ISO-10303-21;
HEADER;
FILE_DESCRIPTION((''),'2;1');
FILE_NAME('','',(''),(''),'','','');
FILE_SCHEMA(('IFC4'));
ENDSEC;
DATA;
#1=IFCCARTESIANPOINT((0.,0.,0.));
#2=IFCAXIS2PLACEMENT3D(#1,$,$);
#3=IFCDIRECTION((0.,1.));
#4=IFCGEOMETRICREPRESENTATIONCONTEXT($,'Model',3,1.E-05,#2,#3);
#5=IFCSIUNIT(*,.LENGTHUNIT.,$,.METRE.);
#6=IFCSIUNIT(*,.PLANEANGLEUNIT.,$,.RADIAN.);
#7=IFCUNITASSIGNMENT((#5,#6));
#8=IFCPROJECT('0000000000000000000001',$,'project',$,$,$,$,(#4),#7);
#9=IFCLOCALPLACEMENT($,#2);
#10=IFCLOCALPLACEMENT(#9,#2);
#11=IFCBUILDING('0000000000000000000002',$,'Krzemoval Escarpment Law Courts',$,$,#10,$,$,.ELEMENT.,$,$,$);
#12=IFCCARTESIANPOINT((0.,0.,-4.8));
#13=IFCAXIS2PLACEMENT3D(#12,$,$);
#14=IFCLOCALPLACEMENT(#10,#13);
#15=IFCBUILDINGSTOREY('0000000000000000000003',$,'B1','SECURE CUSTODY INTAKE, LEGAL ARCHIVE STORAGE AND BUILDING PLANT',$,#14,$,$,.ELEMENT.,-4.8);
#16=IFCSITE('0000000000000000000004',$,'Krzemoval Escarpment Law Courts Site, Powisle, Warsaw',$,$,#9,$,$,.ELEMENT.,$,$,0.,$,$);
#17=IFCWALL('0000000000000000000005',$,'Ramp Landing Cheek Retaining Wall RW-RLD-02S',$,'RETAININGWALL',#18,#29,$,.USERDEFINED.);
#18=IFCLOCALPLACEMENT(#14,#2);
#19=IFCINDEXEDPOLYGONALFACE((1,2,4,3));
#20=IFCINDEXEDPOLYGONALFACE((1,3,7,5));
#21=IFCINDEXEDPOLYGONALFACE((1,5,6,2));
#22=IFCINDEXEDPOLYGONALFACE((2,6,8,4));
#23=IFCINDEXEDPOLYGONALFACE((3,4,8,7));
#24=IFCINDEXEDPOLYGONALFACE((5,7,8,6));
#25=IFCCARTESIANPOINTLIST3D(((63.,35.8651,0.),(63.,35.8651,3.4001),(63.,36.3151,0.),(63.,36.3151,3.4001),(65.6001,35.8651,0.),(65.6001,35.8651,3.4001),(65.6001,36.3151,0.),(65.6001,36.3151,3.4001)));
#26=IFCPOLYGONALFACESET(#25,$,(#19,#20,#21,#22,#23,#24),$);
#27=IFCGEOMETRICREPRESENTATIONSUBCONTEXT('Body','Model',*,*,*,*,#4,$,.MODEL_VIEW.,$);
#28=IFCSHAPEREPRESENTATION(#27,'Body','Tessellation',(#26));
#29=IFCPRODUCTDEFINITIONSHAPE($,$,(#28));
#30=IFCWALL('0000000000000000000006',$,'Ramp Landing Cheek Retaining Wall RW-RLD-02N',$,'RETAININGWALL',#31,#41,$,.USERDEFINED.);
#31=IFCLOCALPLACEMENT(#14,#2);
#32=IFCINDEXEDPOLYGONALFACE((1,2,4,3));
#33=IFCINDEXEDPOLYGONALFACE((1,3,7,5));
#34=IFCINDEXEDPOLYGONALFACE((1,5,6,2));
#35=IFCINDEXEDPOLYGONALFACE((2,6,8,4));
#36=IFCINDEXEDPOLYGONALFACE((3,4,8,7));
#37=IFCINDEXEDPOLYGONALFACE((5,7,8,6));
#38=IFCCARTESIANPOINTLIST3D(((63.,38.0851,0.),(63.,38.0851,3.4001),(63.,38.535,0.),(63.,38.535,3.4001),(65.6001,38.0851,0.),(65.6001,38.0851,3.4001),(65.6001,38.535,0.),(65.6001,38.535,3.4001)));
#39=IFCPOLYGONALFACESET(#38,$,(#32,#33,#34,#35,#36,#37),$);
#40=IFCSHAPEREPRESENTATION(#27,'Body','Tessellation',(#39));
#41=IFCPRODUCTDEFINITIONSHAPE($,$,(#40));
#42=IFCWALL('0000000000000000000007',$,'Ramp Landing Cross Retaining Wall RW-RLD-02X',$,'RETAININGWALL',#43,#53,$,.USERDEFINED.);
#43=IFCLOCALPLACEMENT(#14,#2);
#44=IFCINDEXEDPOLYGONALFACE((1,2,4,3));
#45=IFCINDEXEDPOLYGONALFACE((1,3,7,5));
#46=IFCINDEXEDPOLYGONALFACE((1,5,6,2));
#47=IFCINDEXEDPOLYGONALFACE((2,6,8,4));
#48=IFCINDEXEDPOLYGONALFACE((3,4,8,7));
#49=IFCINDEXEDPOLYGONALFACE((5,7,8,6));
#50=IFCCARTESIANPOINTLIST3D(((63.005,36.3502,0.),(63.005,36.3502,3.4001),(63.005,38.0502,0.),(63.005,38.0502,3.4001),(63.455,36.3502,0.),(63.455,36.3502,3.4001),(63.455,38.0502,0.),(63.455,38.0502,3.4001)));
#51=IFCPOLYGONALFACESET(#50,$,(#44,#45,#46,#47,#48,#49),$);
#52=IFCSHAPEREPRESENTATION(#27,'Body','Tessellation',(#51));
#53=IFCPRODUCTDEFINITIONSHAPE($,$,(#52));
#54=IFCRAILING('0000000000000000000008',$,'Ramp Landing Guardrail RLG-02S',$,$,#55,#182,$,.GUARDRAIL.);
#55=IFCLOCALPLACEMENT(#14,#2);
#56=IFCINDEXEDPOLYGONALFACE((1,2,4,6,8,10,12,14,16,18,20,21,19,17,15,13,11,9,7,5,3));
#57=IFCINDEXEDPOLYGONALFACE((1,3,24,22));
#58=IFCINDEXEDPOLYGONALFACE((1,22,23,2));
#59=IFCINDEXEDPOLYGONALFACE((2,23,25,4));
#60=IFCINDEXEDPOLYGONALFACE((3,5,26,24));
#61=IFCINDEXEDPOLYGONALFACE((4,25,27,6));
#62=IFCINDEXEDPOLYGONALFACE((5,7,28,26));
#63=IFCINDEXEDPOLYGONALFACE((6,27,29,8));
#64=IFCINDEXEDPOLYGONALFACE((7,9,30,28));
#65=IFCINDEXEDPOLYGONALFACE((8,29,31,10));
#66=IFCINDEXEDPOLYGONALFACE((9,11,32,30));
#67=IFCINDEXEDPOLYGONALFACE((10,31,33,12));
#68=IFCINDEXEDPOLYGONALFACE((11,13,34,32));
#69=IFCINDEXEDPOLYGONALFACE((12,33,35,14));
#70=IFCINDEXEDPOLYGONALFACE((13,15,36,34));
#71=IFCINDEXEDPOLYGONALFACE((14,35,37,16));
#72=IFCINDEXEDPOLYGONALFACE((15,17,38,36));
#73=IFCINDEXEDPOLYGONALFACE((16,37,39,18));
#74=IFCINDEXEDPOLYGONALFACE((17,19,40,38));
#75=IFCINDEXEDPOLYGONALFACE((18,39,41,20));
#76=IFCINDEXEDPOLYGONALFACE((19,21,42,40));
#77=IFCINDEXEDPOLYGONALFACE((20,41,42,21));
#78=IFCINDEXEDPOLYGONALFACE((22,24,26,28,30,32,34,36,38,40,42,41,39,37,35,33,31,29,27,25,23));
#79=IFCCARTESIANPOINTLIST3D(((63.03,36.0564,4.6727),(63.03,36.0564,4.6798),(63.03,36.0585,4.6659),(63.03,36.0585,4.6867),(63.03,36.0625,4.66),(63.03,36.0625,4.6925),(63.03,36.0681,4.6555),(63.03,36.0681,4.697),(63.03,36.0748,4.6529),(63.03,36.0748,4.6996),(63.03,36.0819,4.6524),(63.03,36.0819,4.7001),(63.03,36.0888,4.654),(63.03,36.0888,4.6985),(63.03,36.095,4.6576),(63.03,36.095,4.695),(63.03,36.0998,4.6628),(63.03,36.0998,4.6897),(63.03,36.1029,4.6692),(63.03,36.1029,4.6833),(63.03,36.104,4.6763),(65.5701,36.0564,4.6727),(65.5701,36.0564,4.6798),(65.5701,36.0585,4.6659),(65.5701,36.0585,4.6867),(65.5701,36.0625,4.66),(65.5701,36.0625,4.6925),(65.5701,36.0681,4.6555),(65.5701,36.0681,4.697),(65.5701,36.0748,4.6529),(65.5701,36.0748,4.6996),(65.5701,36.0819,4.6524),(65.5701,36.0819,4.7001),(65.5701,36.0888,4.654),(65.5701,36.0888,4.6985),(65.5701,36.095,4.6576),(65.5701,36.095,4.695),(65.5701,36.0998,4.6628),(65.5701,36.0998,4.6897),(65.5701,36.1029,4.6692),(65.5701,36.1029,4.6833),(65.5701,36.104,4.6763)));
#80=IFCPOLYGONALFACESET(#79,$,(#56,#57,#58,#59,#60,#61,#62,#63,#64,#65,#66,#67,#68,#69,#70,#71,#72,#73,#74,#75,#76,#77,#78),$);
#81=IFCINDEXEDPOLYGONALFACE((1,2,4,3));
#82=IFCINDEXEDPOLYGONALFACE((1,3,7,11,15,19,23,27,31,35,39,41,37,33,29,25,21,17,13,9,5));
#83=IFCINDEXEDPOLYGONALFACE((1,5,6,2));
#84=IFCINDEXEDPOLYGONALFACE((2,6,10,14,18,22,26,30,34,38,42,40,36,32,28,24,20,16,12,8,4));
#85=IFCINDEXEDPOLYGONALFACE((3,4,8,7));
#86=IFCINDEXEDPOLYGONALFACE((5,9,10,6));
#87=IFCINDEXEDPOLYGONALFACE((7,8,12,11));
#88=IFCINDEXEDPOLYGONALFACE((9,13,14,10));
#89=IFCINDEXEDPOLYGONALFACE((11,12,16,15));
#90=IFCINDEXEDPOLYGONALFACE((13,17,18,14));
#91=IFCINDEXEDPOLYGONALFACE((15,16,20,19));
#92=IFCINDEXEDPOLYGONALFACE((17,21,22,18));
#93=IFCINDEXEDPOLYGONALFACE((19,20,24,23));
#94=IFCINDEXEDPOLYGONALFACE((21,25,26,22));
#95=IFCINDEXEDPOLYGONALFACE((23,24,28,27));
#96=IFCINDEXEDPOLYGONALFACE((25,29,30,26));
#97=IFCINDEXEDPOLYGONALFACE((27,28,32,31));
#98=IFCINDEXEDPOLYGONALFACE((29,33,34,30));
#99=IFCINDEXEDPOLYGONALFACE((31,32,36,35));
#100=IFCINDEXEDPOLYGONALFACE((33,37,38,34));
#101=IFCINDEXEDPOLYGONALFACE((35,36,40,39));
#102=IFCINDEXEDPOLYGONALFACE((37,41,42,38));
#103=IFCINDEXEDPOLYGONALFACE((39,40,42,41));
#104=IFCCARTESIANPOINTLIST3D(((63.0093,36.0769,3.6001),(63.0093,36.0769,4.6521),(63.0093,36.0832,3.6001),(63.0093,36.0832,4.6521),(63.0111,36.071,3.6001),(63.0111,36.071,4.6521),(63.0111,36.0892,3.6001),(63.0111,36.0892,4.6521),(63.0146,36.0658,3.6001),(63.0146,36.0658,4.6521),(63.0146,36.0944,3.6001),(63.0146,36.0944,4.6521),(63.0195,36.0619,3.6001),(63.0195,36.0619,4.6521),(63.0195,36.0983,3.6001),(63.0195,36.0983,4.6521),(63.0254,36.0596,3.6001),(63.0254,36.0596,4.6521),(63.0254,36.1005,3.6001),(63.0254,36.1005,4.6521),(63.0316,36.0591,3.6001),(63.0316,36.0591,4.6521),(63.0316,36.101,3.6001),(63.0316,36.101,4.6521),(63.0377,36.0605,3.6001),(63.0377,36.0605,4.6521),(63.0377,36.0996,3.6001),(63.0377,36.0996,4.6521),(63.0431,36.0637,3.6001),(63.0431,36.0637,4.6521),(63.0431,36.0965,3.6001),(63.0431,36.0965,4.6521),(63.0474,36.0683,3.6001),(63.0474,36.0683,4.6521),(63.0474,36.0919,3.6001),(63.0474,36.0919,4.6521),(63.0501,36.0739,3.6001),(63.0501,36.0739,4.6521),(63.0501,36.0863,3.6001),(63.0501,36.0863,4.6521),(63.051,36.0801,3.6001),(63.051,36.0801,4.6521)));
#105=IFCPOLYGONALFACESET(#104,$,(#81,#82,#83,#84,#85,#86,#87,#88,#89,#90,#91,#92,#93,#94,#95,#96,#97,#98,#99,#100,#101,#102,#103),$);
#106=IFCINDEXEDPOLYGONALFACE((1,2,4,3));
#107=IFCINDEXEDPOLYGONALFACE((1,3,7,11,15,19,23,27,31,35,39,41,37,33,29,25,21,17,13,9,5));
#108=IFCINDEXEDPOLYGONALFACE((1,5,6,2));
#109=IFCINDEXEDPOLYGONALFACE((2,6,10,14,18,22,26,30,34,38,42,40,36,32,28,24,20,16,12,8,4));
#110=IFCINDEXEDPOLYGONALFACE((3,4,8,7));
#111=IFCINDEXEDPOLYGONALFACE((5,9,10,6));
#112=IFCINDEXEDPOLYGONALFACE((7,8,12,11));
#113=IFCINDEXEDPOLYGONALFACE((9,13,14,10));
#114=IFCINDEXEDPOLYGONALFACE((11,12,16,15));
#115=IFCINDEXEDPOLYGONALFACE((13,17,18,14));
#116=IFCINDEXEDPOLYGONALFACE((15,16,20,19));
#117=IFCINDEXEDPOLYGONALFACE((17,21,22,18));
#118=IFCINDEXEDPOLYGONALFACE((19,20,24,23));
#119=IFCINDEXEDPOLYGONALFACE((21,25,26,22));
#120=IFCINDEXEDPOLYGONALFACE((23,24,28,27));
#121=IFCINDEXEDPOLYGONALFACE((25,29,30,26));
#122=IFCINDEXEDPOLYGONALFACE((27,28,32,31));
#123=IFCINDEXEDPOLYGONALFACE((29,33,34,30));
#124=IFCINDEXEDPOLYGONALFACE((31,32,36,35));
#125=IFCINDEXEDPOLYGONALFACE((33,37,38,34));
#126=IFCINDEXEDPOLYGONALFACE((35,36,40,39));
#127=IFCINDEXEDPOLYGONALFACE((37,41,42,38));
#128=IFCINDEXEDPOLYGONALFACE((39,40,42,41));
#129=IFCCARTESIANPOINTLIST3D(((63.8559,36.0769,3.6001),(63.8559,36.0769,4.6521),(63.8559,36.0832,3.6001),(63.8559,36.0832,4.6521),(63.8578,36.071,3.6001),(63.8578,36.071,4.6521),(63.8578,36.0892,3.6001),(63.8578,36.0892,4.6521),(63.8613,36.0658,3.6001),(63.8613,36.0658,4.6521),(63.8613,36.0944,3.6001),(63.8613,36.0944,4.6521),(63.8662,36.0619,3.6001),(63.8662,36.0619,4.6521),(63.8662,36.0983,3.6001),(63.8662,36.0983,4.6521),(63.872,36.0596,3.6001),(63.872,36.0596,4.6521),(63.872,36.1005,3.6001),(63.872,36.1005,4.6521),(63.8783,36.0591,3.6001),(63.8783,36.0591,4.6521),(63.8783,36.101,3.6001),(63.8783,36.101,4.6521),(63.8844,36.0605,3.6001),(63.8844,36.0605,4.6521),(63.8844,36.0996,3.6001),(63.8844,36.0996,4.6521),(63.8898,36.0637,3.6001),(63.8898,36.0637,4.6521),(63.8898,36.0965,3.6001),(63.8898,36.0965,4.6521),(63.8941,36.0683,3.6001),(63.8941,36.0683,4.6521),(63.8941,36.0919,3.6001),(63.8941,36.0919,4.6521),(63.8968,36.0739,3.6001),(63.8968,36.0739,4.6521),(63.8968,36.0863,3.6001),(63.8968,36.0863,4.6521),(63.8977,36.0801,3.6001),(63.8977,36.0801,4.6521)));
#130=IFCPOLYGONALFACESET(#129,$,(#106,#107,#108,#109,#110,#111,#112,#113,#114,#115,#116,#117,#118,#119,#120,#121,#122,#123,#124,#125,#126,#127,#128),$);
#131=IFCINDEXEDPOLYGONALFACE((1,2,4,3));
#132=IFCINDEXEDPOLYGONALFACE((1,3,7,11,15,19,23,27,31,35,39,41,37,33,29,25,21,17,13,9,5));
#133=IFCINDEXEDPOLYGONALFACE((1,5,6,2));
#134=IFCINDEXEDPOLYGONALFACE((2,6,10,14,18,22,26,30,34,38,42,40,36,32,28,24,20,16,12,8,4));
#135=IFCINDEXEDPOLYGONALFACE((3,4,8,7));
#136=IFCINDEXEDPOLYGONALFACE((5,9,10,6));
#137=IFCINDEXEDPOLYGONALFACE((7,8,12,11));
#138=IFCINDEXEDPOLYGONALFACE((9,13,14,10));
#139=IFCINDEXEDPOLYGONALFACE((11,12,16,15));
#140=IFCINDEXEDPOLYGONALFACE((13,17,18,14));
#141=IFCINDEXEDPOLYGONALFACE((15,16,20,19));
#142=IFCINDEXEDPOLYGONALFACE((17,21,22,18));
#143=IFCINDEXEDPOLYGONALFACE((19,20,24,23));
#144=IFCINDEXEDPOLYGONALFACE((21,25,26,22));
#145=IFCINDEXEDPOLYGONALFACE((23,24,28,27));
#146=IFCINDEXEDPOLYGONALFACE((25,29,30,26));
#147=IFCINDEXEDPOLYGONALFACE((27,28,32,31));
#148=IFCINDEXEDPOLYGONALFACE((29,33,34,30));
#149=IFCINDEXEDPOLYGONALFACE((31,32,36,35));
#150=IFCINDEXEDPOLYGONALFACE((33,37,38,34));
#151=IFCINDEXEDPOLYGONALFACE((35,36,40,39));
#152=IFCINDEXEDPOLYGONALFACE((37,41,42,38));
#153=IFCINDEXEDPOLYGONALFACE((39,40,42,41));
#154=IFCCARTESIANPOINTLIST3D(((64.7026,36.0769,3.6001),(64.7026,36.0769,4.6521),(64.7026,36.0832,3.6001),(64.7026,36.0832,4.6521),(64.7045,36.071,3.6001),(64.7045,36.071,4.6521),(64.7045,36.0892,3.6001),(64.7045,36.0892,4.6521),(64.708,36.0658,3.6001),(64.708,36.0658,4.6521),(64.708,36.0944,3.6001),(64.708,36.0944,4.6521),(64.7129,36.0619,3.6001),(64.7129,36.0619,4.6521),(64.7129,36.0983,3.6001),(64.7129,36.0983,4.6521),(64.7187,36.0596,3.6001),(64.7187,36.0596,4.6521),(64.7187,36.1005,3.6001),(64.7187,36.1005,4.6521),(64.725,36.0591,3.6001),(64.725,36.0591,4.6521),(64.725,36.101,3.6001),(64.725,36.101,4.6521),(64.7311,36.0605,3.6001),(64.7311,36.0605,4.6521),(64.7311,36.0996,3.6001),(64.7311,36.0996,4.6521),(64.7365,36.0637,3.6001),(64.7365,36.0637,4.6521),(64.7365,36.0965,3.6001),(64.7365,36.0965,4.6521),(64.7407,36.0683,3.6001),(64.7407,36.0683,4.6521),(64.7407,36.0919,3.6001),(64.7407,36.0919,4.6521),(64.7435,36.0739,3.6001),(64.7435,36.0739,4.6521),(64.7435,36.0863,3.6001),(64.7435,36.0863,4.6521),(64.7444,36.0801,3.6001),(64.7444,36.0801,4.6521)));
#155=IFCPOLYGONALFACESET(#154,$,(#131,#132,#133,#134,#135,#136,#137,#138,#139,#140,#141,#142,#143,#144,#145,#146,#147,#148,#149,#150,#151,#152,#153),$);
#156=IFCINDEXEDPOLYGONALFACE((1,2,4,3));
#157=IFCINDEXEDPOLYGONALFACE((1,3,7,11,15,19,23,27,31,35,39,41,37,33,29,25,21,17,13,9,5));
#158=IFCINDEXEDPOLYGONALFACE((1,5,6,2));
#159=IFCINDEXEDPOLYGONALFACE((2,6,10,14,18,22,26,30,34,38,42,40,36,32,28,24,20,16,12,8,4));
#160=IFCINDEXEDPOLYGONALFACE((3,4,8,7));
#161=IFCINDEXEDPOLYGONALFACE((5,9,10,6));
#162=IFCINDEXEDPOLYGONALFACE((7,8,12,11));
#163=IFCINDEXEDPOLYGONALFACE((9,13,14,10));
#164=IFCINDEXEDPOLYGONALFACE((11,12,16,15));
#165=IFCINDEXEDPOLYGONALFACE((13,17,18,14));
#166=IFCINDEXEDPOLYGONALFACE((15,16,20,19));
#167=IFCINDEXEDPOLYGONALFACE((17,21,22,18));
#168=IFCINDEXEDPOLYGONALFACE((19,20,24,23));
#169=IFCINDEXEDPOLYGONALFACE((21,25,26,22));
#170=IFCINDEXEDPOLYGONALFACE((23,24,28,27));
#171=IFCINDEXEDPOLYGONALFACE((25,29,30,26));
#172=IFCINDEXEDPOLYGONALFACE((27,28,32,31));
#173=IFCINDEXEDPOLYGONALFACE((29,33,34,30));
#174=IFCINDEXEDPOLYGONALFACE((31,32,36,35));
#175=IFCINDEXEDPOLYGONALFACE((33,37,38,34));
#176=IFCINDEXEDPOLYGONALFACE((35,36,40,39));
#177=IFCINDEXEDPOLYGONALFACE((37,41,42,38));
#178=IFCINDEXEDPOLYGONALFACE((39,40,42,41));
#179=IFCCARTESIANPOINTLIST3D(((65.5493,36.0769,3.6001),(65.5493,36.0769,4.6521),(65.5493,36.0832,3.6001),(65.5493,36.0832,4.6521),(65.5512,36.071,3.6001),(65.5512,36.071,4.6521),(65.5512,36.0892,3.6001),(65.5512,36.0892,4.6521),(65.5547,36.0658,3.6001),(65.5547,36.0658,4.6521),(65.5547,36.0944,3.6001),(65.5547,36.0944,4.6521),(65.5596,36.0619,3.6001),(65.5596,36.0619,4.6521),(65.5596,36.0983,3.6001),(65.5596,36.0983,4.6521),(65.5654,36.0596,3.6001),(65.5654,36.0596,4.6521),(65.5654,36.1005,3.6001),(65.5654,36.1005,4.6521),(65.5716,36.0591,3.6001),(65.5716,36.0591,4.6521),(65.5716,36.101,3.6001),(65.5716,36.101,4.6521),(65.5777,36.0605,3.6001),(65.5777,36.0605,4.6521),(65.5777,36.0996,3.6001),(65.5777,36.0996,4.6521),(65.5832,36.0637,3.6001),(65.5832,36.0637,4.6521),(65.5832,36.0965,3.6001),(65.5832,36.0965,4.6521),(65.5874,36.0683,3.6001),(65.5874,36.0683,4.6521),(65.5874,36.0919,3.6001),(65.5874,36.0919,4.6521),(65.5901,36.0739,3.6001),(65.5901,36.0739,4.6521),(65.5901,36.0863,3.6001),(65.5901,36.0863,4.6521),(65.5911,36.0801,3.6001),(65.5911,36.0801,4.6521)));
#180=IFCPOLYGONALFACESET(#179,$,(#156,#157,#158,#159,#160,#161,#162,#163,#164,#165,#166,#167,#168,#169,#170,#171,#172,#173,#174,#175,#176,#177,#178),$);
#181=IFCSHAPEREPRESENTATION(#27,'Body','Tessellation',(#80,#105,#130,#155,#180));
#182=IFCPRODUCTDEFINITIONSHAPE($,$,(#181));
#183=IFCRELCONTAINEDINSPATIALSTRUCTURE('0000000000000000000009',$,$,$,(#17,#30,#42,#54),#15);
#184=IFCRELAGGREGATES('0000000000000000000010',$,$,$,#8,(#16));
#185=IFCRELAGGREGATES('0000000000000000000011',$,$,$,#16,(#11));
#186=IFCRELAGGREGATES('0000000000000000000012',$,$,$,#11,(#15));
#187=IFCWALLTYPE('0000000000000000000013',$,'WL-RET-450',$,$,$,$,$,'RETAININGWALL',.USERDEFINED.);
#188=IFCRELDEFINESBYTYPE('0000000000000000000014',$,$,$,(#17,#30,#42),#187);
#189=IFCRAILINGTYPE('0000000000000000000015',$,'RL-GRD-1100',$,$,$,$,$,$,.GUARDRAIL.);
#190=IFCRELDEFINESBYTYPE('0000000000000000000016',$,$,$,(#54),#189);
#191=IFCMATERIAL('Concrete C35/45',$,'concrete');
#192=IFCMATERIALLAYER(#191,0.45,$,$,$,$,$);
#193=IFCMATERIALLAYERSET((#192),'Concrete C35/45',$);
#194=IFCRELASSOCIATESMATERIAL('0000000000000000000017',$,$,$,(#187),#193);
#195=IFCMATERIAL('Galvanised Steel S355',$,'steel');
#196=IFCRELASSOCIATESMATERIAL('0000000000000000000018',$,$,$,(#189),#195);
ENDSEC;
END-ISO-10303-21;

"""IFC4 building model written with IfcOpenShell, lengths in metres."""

from ifc_helpers import new_model, si_unit, direction, frame, frame_2d, origin, origin_2d, place, context, subcontext, project, spatial, rectangle, circle, extrude, material, layer, layer_set, type_object, element, save


model = new_model("IFC4")

# Units and contexts
model_context = context("Model", 3, precision=1e-05, world=origin(), true_north=direction((0.0, 1.0)))
body_context = subcontext(model_context, "Body", "Model", "MODEL_VIEW")
ifc_project = project(units=[si_unit("LENGTHUNIT", "METRE"), si_unit("PLANEANGLEUNIT", "RADIAN")], contexts=[model_context])

# Site, building, storey
site_placement = place(None, origin())
site = spatial("IfcSite", under=ifc_project, at=site_placement, Name="Krzemoval Escarpment Law Courts Site, Powisle, Warsaw", CompositionType="ELEMENT", RefElevation=0.0)
building_placement = place(site_placement, origin())
building = spatial("IfcBuilding", under=site, at=building_placement, Name="Krzemoval Escarpment Law Courts", CompositionType="ELEMENT")
storey_placement = place(building_placement, frame((0.0, 0.0, -4.8)))
storey = spatial("IfcBuildingStorey", under=building, at=storey_placement, Name="B1", Description="SECURE CUSTODY INTAKE, LEGAL ARCHIVE STORAGE AND BUILDING PLANT", CompositionType="ELEMENT", Elevation=-4.8)

# Walls
ifc_material_1 = material(Name="Concrete C35/45", Category="concrete")
ifc_layer = layer(ifc_material_1, 0.45)
ifc_layer_set = layer_set([ifc_layer], Name="Concrete C35/45")
wall_type = type_object("IfcWallType", Name="WL-RET-450", ElementType="RETAININGWALL", PredefinedType="USERDEFINED", material=ifc_layer_set)
for number, where, z_axis, x_axis, name in (
    (1, (63.0, 36.0901, 0.0), (0.0, 0.0, 1.0), (1.0, 0.0, 0.0), "Ramp Landing Cheek Retaining Wall RW-RLD-02S"),
    (2, (63.0, 38.3101, 0.0), (0.0, 0.0, 1.0), (1.0, 0.0, 0.0), "Ramp Landing Cheek Retaining Wall RW-RLD-02N"),
):
    element("IfcWall", number, at=place(storey_placement, frame(where, z_axis=z_axis, x_axis=x_axis)), inside=storey, type_object=wall_type, Name=name, ObjectType="RETAININGWALL", PredefinedType="USERDEFINED", context=body_context, shape_type="SweptSolid", body=[
        extrude(rectangle(XDim=2.6001, YDim=0.45, at=frame_2d((1.3, 0.0))), origin(), (0.0, 0.0, 1.0), 3.4001),
    ])
wall_placement = place(storey_placement, frame((63.23, 36.3501, 0.0), z_axis=(0.0, 0.0, 1.0), x_axis=(0.0, 1.0, 0.0)))
element("IfcWall", 3, at=wall_placement, inside=storey, type_object=wall_type, Name="Ramp Landing Cross Retaining Wall RW-RLD-02X", ObjectType="RETAININGWALL", PredefinedType="USERDEFINED", context=body_context, shape_type="SweptSolid", body=[
    extrude(rectangle(XDim=1.7, YDim=0.45, at=frame_2d((0.8501, 0.0))), origin(), (0.0, 0.0, 1.0), 3.4001),
])

# Railing
ifc_material_2 = material(Name="Galvanised Steel S355", Category="steel")
railing_type_1 = type_object("IfcRailingType", Name="RL-GRD-1100", PredefinedType="GUARDRAIL", material=ifc_material_2)
for number, where, name in (
    (4, (63.03, 36.0801, 3.6001), "Ramp Landing Guardrail RLG-02S"),
):
    element("IfcRailing", number, at=place(storey_placement, frame(where)), inside=storey, type_object=railing_type_1, Name=name, PredefinedType="GUARDRAIL", context=body_context, shape_type="SweptSolid", body=[
        extrude(circle(Radius=0.0239, at=origin_2d()), frame((0.0, 0.0, 1.0762), z_axis=(1.0, 0.0, 0.0), x_axis=(0.0, 1.0, 0.0)), (0.0, 0.0, 1.0), 2.54),
        extrude(circle(Radius=0.021, at=origin_2d()), origin(), (0.0, 0.0, 1.0), 1.052),
        extrude(circle(Radius=0.021, at=origin_2d()), frame((0.8467, 0.0, 0.0)), (0.0, 0.0, 1.0), 1.052),
        extrude(circle(Radius=0.021, at=origin_2d()), frame((1.6934, 0.0, 0.0)), (0.0, 0.0, 1.0), 1.052),
        extrude(circle(Radius=0.021, at=origin_2d()), frame((2.54, 0.0, 0.0)), (0.0, 0.0, 1.0), 1.052),
    ])

save(model, "model.ifc")
